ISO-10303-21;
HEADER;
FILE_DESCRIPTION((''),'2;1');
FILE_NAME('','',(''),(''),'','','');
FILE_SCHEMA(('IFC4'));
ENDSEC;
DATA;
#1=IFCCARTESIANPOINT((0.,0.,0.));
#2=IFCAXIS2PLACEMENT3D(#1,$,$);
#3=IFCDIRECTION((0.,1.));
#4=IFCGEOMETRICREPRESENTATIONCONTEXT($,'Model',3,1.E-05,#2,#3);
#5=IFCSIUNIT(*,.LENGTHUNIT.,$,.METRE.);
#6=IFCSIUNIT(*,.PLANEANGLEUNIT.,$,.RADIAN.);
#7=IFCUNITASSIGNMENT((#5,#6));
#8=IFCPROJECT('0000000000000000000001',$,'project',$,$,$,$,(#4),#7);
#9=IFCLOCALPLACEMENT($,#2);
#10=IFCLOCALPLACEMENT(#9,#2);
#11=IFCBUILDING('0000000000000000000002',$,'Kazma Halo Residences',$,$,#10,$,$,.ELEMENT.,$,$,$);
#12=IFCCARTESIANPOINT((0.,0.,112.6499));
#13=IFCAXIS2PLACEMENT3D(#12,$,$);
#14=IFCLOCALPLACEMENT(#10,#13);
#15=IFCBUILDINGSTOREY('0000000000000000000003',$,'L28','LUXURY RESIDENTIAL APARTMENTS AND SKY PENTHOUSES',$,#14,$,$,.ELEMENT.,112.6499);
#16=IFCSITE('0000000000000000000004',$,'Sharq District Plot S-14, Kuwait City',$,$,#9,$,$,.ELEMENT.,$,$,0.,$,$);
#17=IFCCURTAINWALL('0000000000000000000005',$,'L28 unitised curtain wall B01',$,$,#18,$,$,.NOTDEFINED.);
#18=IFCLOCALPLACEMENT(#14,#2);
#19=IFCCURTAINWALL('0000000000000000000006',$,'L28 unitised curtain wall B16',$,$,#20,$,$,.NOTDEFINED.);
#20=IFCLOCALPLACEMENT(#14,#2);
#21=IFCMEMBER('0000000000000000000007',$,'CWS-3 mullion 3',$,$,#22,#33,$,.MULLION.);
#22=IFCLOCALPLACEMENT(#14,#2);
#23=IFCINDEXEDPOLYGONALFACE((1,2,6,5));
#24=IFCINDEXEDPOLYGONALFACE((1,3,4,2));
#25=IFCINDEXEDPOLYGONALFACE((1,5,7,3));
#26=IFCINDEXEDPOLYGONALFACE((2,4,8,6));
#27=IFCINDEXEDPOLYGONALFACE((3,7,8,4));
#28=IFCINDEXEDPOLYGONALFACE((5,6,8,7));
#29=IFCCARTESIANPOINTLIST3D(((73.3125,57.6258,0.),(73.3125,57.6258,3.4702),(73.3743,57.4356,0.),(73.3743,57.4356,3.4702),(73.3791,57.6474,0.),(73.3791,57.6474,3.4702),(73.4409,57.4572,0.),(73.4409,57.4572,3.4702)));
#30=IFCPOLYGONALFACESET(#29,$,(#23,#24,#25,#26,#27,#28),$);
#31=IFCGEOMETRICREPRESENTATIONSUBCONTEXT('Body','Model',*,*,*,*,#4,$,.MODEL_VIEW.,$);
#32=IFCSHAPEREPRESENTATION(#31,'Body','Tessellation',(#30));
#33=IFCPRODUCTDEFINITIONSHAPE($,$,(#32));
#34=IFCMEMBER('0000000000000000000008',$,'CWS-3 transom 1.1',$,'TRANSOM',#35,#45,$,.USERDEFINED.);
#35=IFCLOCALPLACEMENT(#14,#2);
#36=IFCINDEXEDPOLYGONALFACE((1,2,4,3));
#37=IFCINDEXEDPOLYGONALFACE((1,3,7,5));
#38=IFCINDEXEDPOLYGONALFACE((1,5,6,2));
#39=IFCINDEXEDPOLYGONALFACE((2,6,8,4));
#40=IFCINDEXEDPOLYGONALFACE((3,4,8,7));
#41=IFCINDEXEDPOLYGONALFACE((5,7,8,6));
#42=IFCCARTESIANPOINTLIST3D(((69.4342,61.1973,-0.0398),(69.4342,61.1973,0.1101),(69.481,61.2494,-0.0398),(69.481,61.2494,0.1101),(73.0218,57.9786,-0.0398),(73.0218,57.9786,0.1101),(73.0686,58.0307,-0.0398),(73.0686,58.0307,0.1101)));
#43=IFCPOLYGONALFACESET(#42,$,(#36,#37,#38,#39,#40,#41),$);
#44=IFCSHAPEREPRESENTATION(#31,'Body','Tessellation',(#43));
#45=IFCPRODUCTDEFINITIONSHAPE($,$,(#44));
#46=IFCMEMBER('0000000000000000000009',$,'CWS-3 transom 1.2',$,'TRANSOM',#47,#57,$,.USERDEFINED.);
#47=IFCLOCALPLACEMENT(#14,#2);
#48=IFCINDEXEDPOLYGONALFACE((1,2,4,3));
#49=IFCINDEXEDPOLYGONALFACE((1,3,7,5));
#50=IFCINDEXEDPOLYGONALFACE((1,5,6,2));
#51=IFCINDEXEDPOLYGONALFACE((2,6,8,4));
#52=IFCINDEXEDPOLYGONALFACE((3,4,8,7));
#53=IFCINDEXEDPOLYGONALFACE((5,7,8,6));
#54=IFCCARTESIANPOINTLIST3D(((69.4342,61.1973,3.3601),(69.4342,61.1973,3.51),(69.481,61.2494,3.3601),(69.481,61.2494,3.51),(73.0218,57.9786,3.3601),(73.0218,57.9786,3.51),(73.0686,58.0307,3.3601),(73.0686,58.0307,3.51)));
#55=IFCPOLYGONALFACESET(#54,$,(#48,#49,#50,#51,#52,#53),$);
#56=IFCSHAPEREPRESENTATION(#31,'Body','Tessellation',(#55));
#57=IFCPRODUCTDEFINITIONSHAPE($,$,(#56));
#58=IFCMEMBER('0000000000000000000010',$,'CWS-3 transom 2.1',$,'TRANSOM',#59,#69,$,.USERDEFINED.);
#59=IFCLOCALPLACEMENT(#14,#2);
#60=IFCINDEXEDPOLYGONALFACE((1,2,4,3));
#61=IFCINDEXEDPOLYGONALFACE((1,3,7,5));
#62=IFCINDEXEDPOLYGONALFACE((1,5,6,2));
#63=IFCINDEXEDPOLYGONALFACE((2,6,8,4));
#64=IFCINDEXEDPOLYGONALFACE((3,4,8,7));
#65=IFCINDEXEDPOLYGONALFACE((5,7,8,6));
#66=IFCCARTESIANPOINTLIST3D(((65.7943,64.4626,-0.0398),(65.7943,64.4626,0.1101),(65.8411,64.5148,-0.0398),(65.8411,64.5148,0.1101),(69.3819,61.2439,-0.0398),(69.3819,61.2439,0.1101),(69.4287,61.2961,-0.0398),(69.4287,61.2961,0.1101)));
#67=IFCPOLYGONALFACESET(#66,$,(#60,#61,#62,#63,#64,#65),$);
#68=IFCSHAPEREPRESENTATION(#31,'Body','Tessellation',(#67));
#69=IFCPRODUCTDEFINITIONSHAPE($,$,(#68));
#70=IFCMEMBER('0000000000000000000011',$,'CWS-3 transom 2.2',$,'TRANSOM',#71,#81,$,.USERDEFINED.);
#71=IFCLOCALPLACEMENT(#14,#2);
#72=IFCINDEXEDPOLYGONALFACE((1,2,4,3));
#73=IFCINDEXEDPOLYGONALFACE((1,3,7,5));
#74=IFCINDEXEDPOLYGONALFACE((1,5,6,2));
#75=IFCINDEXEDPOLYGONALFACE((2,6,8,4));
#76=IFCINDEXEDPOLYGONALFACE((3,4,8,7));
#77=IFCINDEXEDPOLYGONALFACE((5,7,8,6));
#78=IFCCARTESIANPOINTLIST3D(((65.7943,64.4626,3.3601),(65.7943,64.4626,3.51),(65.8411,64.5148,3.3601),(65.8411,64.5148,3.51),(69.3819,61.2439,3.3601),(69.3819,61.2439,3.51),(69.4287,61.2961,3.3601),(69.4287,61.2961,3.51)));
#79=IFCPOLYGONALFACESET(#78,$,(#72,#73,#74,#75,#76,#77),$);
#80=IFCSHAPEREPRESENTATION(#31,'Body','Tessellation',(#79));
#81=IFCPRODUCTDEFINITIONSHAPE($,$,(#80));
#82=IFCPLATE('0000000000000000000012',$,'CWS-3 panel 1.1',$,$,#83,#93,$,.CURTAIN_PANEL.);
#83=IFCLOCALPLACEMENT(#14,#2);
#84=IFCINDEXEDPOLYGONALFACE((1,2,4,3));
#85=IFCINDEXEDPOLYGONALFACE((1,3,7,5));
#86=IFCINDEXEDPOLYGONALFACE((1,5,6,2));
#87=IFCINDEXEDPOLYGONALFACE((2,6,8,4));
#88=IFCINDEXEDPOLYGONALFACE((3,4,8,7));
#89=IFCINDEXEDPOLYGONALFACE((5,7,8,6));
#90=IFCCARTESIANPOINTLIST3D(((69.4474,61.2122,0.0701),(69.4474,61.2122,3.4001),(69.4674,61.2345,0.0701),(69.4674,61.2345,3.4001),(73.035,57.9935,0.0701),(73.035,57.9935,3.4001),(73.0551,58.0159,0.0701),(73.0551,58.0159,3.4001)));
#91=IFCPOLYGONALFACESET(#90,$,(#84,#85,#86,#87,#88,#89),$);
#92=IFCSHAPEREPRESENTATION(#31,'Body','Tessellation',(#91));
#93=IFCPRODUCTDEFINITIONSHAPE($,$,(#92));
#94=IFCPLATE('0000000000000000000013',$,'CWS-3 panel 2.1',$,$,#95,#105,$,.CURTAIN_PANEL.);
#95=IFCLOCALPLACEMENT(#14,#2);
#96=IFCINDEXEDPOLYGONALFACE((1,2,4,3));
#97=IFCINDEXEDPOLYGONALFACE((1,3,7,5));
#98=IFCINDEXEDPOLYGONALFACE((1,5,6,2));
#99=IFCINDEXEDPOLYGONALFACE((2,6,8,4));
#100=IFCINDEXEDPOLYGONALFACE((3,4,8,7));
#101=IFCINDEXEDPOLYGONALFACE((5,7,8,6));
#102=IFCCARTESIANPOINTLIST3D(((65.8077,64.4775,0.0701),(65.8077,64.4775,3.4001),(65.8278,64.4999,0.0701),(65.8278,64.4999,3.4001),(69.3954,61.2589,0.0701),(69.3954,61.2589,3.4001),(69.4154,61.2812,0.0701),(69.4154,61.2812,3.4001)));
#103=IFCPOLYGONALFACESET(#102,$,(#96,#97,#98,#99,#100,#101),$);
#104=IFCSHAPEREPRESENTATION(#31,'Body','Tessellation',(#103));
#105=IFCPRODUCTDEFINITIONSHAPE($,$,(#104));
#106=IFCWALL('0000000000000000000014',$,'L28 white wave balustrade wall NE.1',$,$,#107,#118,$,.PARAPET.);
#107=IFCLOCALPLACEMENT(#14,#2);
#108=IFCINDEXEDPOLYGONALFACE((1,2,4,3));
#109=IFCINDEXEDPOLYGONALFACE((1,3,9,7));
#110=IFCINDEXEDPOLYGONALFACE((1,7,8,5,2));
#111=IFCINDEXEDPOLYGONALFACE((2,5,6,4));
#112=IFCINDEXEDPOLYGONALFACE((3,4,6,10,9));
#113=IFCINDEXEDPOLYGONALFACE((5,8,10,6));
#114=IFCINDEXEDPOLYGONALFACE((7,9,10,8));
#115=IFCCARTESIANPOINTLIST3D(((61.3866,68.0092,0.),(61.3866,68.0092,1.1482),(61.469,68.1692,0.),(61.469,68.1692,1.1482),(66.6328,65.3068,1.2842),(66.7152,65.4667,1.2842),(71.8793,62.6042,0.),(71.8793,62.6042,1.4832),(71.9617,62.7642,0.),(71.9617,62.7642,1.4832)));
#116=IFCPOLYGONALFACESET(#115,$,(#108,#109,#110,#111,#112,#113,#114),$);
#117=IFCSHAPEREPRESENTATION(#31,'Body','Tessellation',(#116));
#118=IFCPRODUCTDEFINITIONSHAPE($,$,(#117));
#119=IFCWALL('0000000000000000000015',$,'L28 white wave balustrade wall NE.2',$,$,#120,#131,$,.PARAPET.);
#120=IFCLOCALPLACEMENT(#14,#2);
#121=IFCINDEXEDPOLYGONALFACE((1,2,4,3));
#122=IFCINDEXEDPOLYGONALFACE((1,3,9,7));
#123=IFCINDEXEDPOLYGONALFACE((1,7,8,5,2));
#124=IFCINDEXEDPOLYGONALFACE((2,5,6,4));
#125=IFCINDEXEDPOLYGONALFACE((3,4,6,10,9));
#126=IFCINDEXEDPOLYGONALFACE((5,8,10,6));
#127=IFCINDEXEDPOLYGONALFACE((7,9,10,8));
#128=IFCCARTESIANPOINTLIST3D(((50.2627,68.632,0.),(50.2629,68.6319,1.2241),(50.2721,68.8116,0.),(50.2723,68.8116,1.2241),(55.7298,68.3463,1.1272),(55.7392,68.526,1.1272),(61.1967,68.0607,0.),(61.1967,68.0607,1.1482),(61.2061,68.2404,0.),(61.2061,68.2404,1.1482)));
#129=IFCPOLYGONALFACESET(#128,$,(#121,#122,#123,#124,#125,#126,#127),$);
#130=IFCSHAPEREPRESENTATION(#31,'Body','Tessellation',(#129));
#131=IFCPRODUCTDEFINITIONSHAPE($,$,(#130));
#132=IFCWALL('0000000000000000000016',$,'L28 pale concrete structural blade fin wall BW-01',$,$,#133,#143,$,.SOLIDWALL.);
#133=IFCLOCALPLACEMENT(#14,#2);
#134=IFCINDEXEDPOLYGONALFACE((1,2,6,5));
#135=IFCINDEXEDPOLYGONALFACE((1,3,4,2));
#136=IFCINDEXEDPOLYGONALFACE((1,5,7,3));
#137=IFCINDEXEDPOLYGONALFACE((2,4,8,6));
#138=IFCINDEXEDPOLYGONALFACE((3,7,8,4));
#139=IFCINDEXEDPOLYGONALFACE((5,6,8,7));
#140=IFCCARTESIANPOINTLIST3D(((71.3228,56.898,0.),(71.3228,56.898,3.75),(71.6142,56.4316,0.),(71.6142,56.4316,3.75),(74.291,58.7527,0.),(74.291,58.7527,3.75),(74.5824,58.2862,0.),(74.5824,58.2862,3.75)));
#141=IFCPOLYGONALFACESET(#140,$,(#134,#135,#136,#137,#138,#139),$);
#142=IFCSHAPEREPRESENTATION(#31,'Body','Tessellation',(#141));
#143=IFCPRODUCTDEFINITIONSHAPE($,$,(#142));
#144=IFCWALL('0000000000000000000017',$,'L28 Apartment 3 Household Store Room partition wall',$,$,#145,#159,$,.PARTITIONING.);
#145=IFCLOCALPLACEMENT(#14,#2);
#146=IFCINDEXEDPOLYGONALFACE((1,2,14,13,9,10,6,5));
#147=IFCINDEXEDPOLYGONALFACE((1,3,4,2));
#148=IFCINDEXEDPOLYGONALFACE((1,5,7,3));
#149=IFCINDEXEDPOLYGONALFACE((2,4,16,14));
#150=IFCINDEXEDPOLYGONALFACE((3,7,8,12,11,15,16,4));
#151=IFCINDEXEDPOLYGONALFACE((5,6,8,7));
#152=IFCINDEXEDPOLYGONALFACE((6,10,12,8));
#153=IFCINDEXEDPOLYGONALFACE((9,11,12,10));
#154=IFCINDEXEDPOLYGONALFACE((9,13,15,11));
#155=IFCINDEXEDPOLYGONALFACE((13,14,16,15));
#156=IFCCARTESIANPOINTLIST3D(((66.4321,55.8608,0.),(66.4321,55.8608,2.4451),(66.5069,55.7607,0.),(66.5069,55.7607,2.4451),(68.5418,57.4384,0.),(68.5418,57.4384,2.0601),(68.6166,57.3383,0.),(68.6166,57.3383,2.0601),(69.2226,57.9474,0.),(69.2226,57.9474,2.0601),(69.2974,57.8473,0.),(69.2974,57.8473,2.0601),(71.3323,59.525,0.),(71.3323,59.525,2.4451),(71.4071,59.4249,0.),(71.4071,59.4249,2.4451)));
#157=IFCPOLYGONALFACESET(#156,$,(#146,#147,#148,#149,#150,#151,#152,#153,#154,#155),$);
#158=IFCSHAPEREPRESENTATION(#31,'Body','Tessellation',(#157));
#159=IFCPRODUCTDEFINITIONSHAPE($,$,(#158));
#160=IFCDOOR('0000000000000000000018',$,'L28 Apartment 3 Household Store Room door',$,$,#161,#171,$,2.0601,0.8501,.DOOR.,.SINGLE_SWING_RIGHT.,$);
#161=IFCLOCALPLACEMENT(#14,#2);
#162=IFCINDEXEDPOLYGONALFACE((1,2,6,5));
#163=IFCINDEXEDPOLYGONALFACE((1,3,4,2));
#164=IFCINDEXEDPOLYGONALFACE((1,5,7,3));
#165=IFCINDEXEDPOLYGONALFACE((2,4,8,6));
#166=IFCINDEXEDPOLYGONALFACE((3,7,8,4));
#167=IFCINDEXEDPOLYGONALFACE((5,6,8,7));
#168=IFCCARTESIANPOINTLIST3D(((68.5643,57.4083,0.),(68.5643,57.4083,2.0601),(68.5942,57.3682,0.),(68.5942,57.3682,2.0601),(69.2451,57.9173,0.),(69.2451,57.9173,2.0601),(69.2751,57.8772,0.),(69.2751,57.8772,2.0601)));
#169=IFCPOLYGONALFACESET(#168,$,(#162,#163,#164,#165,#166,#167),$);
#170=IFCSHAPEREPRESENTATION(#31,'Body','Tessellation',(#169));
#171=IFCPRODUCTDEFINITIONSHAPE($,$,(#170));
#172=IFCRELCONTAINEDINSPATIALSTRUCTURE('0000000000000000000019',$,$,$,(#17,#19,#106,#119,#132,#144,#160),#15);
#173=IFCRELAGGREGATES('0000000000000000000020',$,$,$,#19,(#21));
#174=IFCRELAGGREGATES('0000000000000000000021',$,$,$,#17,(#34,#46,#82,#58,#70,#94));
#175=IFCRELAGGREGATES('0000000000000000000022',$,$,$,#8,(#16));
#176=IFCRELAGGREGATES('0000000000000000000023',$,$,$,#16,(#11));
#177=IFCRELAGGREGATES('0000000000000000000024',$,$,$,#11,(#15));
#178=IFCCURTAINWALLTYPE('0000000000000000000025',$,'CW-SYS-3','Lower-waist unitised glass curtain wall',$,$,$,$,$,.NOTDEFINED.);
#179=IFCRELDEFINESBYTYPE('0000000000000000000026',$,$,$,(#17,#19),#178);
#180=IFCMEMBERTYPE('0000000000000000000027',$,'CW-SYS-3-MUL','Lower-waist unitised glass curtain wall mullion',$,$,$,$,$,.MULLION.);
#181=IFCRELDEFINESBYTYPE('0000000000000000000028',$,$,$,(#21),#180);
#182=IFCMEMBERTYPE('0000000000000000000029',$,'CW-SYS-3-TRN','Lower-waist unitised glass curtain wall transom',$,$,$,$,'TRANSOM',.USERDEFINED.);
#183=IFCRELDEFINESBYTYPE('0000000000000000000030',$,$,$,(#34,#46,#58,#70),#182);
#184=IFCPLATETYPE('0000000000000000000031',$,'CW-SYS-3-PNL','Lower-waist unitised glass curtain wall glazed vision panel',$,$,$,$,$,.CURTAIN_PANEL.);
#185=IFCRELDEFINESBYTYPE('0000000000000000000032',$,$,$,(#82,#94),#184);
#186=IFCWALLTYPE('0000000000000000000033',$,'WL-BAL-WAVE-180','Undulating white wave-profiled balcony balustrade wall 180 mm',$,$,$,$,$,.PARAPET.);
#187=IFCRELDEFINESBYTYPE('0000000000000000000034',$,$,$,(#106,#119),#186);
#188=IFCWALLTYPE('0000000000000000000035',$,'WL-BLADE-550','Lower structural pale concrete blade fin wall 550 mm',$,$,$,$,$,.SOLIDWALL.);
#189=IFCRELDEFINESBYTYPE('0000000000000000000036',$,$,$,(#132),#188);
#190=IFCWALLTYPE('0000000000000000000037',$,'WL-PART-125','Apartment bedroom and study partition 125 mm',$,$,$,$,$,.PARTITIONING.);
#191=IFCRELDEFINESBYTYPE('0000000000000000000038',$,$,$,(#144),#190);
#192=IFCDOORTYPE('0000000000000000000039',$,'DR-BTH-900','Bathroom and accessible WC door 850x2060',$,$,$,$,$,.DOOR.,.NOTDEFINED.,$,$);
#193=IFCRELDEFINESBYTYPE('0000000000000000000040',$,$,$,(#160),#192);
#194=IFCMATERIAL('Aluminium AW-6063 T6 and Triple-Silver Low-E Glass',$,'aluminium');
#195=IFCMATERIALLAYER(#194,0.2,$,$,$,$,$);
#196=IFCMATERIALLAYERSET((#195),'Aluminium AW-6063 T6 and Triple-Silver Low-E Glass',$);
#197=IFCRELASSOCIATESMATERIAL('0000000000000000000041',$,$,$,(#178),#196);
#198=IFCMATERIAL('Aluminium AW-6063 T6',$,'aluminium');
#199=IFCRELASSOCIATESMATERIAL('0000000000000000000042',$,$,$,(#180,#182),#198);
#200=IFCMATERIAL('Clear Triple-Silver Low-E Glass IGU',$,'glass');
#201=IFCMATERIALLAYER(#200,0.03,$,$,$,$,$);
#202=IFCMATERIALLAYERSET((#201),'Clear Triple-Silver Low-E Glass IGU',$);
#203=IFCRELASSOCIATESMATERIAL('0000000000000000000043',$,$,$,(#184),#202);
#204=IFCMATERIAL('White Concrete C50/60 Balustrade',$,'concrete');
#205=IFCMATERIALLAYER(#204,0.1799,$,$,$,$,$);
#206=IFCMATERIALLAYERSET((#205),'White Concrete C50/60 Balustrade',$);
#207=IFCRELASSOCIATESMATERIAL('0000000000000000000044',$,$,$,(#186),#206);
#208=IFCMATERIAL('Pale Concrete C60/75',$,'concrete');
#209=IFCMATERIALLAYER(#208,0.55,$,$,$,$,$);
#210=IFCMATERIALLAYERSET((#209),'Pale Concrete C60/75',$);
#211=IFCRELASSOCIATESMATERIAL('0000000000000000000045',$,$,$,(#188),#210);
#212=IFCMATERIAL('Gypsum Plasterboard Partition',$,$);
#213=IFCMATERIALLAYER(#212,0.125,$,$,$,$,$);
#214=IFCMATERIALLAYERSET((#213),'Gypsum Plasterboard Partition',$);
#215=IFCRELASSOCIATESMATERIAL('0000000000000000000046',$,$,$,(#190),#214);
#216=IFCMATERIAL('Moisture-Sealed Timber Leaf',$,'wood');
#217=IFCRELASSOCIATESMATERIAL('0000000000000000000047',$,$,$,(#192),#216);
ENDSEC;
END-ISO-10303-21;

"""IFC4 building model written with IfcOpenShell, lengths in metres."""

from ifc_helpers import new_model, si_unit, direction, frame, frame_2d, origin, origin_2d, place, context, subcontext, project, spatial, polyline, rectangle, outline, extrude, material, layer, layer_set, material_profile, profile_set, type_object, element, fill, aggregate, save


model = new_model("IFC4")

# Units and contexts
model_context = context("Model", 3, precision=1e-05, world=origin(), true_north=direction((0.0, 1.0)))
body_context = subcontext(model_context, "Body", "Model", "MODEL_VIEW")
ifc_project = project(units=[si_unit("LENGTHUNIT", "METRE"), si_unit("PLANEANGLEUNIT", "RADIAN")], contexts=[model_context])

# Site, building, storey
site_placement = place(None, origin())
site = spatial("IfcSite", under=ifc_project, at=site_placement, Name="Sharq District Plot S-14, Kuwait City", CompositionType="ELEMENT", RefElevation=0.0)
building_placement = place(site_placement, origin())
building = spatial("IfcBuilding", under=site, at=building_placement, Name="Kazma Halo Residences", CompositionType="ELEMENT")
storey_placement = place(building_placement, frame((0.0, 0.0, 112.6499)))
storey = spatial("IfcBuildingStorey", under=building, at=storey_placement, Name="L28", Description="LUXURY RESIDENTIAL APARTMENTS AND SKY PENTHOUSES", CompositionType="ELEMENT", Elevation=112.6499)

# Curtain wall
ifc_material_1 = material(Name="Aluminium AW-6063 T6 and Triple-Silver Low-E Glass", Category="aluminium")
ifc_layer_1 = layer(ifc_material_1, 0.2)
ifc_layer_set_1 = layer_set([ifc_layer_1], Name="Aluminium AW-6063 T6 and Triple-Silver Low-E Glass")
curtain_wall_type = type_object("IfcCurtainWallType", Name="CW-SYS-3", Description="Lower-waist unitised glass curtain wall", PredefinedType="NOTDEFINED", material=ifc_layer_set_1)
curtain_wall_1_placement = place(storey_placement, origin())
curtain_wall_1 = element("IfcCurtainWall", 1, at=curtain_wall_1_placement, inside=storey, type_object=curtain_wall_type, Name="L28 unitised curtain wall B01", PredefinedType="NOTDEFINED")
ifc_material_2 = material(Name="Aluminium AW-6063 T6", Category="aluminium")
ifc_material_profile_1 = material_profile(ifc_material_2, rectangle(XDim=0.0701, YDim=0.2, at=origin_2d()), Name="CWM-70x200")
ifc_profile_set_1 = profile_set([ifc_material_profile_1], Name="Aluminium AW-6063 T6")
member_type_1 = type_object("IfcMemberType", Name="CW-SYS-3-MUL", Description="Lower-waist unitised glass curtain wall mullion", PredefinedType="MULLION", material=ifc_profile_set_1)

# Curtain wall, member
curtain_wall_2_placement = place(storey_placement, origin())
curtain_wall_2 = element("IfcCurtainWall", 2, at=curtain_wall_2_placement, inside=storey, type_object=curtain_wall_type, Name="L28 unitised curtain wall B16", PredefinedType="NOTDEFINED")
member_1_placement = place(storey_placement, frame((73.3767, 57.5415, 0.0), z_axis=(0.0, 0.0, 1.0), x_axis=(-0.951058, -0.309013, 0.0)))
member_1 = element("IfcMember", 3, at=member_1_placement, type_object=member_type_1, Name="CWS-3 mullion 3", PredefinedType="MULLION", context=body_context, shape_type="SweptSolid", body=[
    extrude(rectangle(XDim=0.0701, YDim=0.2, at=origin_2d()), origin(), (0.0, 0.0, 1.0), 3.4702),
])
aggregate(curtain_wall_2, [member_1])

# Members
ifc_material_profile_2 = material_profile(ifc_material_2, rectangle(XDim=0.0701, YDim=0.1499, at=origin_2d()), Name="CWT-70x150")
ifc_profile_set_2 = profile_set([ifc_material_profile_2], Name="Aluminium AW-6063 T6")
member_type_2 = type_object("IfcMemberType", Name="CW-SYS-3-TRN", Description="Lower-waist unitised glass curtain wall transom", ElementType="TRANSOM", PredefinedType="USERDEFINED", material=ifc_profile_set_2)
member_2_placement = place(storey_placement, frame((73.0452, 58.0046, 0.0352), z_axis=(-0.744338, 0.667803, 0.0), x_axis=(-0.667803, -0.744338, 0.0)))
member_2 = element("IfcMember", 4, at=member_2_placement, type_object=member_type_2, Name="CWS-3 transom 1.1", ObjectType="TRANSOM", PredefinedType="USERDEFINED", context=body_context, shape_type="SweptSolid", body=[
    extrude(rectangle(XDim=0.0701, YDim=0.1499, at=origin_2d()), origin(), (0.0, 0.0, 1.0), 4.8198),
])
member_3_placement = place(storey_placement, frame((73.0452, 58.0046, 3.4351), z_axis=(-0.744338, 0.667803, 0.0), x_axis=(-0.667803, -0.744338, 0.0)))
member_3 = element("IfcMember", 5, at=member_3_placement, type_object=member_type_2, Name="CWS-3 transom 1.2", ObjectType="TRANSOM", PredefinedType="USERDEFINED", context=body_context, shape_type="SweptSolid", body=[
    extrude(rectangle(XDim=0.0701, YDim=0.1499, at=origin_2d()), origin(), (0.0, 0.0, 1.0), 4.8198),
])
member_4_placement = place(storey_placement, frame((69.4053, 61.27, 0.0352), z_axis=(-0.744338, 0.667803, 0.0), x_axis=(-0.667803, -0.744338, 0.0)))
member_4 = element("IfcMember", 6, at=member_4_placement, type_object=member_type_2, Name="CWS-3 transom 2.1", ObjectType="TRANSOM", PredefinedType="USERDEFINED", context=body_context, shape_type="SweptSolid", body=[
    extrude(rectangle(XDim=0.0701, YDim=0.1499, at=origin_2d()), origin(), (0.0, 0.0, 1.0), 4.8198),
])
member_5_placement = place(storey_placement, frame((69.4053, 61.27, 3.4351), z_axis=(-0.744338, 0.667803, 0.0), x_axis=(-0.667803, -0.744338, 0.0)))
member_5 = element("IfcMember", 7, at=member_5_placement, type_object=member_type_2, Name="CWS-3 transom 2.2", ObjectType="TRANSOM", PredefinedType="USERDEFINED", context=body_context, shape_type="SweptSolid", body=[
    extrude(rectangle(XDim=0.0701, YDim=0.1499, at=origin_2d()), origin(), (0.0, 0.0, 1.0), 4.8198),
])

# Plates
ifc_material_3 = material(Name="Clear Triple-Silver Low-E Glass IGU", Category="glass")
ifc_layer_2 = layer(ifc_material_3, 0.03)
ifc_layer_set_2 = layer_set([ifc_layer_2], Name="Clear Triple-Silver Low-E Glass IGU")
plate_type = type_object("IfcPlateType", Name="CW-SYS-3-PNL", Description="Lower-waist unitised glass curtain wall glazed vision panel", PredefinedType="CURTAIN_PANEL", material=ifc_layer_set_2)
plate_1_placement = place(storey_placement, frame((71.2512, 59.614, 0.0701), z_axis=(0.0, 0.0, 1.0), x_axis=(-0.744345, 0.667795, 0.0)))
plate_1 = element("IfcPlate", 8, at=plate_1_placement, type_object=plate_type, Name="CWS-3 panel 1.1", PredefinedType="CURTAIN_PANEL", context=body_context, shape_type="SweptSolid", body=[
    extrude(rectangle(XDim=4.8198, YDim=0.03, at=origin_2d()), origin(), (0.0, 0.0, 1.0), 3.3301),
])
plate_2_placement = place(storey_placement, frame((67.6116, 62.8794, 0.0701), z_axis=(0.0, 0.0, 1.0), x_axis=(-0.744345, 0.667795, 0.0)))
plate_2 = element("IfcPlate", 9, at=plate_2_placement, type_object=plate_type, Name="CWS-3 panel 2.1", PredefinedType="CURTAIN_PANEL", context=body_context, shape_type="SweptSolid", body=[
    extrude(rectangle(XDim=4.8198, YDim=0.03, at=origin_2d()), origin(), (0.0, 0.0, 1.0), 3.3301),
])
aggregate(curtain_wall_1, [member_2, member_3, plate_1, member_4, member_5, plate_2])

# Walls
ifc_material_4 = material(Name="White Concrete C50/60 Balustrade", Category="concrete")
ifc_layer_3 = layer(ifc_material_4, 0.1799)
ifc_layer_set_3 = layer_set([ifc_layer_3], Name="White Concrete C50/60 Balustrade")
wall_type_1 = type_object("IfcWallType", Name="WL-BAL-WAVE-180", Description="Undulating white wave-profiled balcony balustrade wall 180 mm", PredefinedType="PARAPET", material=ifc_layer_set_3)
wall_1_placement = place(storey_placement, frame((71.9204, 62.6841, 0.0), z_axis=(0.0, 0.0, 1.0), x_axis=(-0.888985, 0.457937, 0.0)))
element("IfcWall", 10, at=wall_1_placement, inside=storey, type_object=wall_type_1, Name="L28 white wave balustrade wall NE.1", PredefinedType="PARAPET", context=body_context, shape_type="SweptSolid", body=[
    extrude(outline(polyline([(0.0, 0.0), (11.803, 0.0), (11.803, 1.1482), (5.9016, 1.2842), (0.0, 1.4832), (0.0, 0.0)])), frame((0.0, 0.0898, 0.0), z_axis=(0.0, -1.0, 0.0), x_axis=(1.0, 0.0, 0.0)), (0.0, 0.0, 1.0), 0.1799),
])
wall_2_placement = place(storey_placement, frame((61.2014, 68.1504, 0.0), z_axis=(0.0, 0.0, 1.0), x_axis=(-0.998638, 0.052177, 0.0)))
element("IfcWall", 11, at=wall_2_placement, inside=storey, type_object=wall_type_1, Name="L28 white wave balustrade wall NE.2", PredefinedType="PARAPET", context=body_context, shape_type="SweptSolid", body=[
    extrude(outline(polyline([(0.0, 0.0), (10.949, 0.0), (10.9487, 1.2241), (5.4744, 1.1272), (0.0, 1.1482), (0.0, 0.0)])), frame((0.0, 0.0898, 0.0), z_axis=(0.0, -1.0, 0.0), x_axis=(1.0, 0.0, 0.0)), (0.0, 0.0, 1.0), 0.1799),
])
ifc_material_5 = material(Name="Pale Concrete C60/75", Category="concrete")
ifc_layer_4 = layer(ifc_material_5, 0.55)
ifc_layer_set_4 = layer_set([ifc_layer_4], Name="Pale Concrete C60/75")
wall_type_2 = type_object("IfcWallType", Name="WL-BLADE-550", Description="Lower structural pale concrete blade fin wall 550 mm", PredefinedType="SOLIDWALL", material=ifc_layer_set_4)
wall_3_placement = place(storey_placement, frame((71.4685, 56.6648, 0.0), z_axis=(0.0, 0.0, 1.0), x_axis=(0.848053, 0.529911, 0.0)))
element("IfcWall", 12, at=wall_3_placement, inside=storey, type_object=wall_type_2, Name="L28 pale concrete structural blade fin wall BW-01", PredefinedType="SOLIDWALL", context=body_context, shape_type="SweptSolid", body=[
    extrude(rectangle(XDim=3.5, YDim=0.55, at=frame_2d((1.75, 0.0))), origin(), (0.0, 0.0, 1.0), 3.75),
])

# Wall, opening, door
ifc_material_6 = material(Name="Gypsum Plasterboard Partition")
ifc_layer_5 = layer(ifc_material_6, 0.125)
ifc_layer_set_5 = layer_set([ifc_layer_5], Name="Gypsum Plasterboard Partition")
wall_type_3 = type_object("IfcWallType", Name="WL-PART-125", Description="Apartment bedroom and study partition 125 mm", PredefinedType="PARTITIONING", material=ifc_layer_set_5)
wall_4_placement = place(storey_placement, frame((66.4695, 55.8108, 0.0), z_axis=(0.0, 0.0, 1.0), x_axis=(0.800866, 0.598844, 0.0)))
wall_4 = element("IfcWall", 13, at=wall_4_placement, inside=storey, type_object=wall_type_3, Name="L28 Apartment 3 Household Store Room partition wall", PredefinedType="PARTITIONING", context=body_context, shape_type="SweptSolid", body=[
    extrude(rectangle(XDim=6.1187, YDim=0.125, at=frame_2d((3.0593, 0.0))), origin(), (0.0, 0.0, 1.0), 2.4451),
])
opening_1_placement = place(wall_4_placement, frame((2.6343, 0.0, 0.0)))
opening_1 = element("IfcOpeningElement", 14, at=opening_1_placement, cuts=wall_4, PredefinedType="OPENING", context=body_context, shape_type="SweptSolid", body=[
    extrude(rectangle(XDim=0.8501, YDim=2.0601, at=frame_2d((0.425, 1.03))), frame((0.0, 0.0725, 0.0), z_axis=(0.0, -1.0, 0.0), x_axis=(1.0, 0.0, 0.0)), (0.0, 0.0, 1.0), 0.145),
])
ifc_material_7 = material(Name="Moisture-Sealed Timber Leaf", Category="wood")
door_type_1 = type_object("IfcDoorType", Name="DR-BTH-900", Description="Bathroom and accessible WC door 850x2060", OperationType="NOTDEFINED", PredefinedType="DOOR", material=ifc_material_7)
door_1_placement = place(opening_1_placement, origin())
door_1 = element("IfcDoor", 15, at=door_1_placement, inside=storey, type_object=door_type_1, Name="L28 Apartment 3 Household Store Room door", OperationType="SINGLE_SWING_RIGHT", OverallHeight=2.0601, OverallWidth=0.8501, PredefinedType="DOOR", context=body_context, shape_type="SweptSolid", body=[
    extrude(rectangle(XDim=0.8501, YDim=2.0601, at=frame_2d((0.425, 1.03))), frame((0.0, 0.0249, 0.0), z_axis=(0.0, -1.0, 0.0), x_axis=(1.0, 0.0, 0.0)), (0.0, 0.0, 1.0), 0.05),
])
fill(opening_1, door_1)

save(model, "model.ifc")
